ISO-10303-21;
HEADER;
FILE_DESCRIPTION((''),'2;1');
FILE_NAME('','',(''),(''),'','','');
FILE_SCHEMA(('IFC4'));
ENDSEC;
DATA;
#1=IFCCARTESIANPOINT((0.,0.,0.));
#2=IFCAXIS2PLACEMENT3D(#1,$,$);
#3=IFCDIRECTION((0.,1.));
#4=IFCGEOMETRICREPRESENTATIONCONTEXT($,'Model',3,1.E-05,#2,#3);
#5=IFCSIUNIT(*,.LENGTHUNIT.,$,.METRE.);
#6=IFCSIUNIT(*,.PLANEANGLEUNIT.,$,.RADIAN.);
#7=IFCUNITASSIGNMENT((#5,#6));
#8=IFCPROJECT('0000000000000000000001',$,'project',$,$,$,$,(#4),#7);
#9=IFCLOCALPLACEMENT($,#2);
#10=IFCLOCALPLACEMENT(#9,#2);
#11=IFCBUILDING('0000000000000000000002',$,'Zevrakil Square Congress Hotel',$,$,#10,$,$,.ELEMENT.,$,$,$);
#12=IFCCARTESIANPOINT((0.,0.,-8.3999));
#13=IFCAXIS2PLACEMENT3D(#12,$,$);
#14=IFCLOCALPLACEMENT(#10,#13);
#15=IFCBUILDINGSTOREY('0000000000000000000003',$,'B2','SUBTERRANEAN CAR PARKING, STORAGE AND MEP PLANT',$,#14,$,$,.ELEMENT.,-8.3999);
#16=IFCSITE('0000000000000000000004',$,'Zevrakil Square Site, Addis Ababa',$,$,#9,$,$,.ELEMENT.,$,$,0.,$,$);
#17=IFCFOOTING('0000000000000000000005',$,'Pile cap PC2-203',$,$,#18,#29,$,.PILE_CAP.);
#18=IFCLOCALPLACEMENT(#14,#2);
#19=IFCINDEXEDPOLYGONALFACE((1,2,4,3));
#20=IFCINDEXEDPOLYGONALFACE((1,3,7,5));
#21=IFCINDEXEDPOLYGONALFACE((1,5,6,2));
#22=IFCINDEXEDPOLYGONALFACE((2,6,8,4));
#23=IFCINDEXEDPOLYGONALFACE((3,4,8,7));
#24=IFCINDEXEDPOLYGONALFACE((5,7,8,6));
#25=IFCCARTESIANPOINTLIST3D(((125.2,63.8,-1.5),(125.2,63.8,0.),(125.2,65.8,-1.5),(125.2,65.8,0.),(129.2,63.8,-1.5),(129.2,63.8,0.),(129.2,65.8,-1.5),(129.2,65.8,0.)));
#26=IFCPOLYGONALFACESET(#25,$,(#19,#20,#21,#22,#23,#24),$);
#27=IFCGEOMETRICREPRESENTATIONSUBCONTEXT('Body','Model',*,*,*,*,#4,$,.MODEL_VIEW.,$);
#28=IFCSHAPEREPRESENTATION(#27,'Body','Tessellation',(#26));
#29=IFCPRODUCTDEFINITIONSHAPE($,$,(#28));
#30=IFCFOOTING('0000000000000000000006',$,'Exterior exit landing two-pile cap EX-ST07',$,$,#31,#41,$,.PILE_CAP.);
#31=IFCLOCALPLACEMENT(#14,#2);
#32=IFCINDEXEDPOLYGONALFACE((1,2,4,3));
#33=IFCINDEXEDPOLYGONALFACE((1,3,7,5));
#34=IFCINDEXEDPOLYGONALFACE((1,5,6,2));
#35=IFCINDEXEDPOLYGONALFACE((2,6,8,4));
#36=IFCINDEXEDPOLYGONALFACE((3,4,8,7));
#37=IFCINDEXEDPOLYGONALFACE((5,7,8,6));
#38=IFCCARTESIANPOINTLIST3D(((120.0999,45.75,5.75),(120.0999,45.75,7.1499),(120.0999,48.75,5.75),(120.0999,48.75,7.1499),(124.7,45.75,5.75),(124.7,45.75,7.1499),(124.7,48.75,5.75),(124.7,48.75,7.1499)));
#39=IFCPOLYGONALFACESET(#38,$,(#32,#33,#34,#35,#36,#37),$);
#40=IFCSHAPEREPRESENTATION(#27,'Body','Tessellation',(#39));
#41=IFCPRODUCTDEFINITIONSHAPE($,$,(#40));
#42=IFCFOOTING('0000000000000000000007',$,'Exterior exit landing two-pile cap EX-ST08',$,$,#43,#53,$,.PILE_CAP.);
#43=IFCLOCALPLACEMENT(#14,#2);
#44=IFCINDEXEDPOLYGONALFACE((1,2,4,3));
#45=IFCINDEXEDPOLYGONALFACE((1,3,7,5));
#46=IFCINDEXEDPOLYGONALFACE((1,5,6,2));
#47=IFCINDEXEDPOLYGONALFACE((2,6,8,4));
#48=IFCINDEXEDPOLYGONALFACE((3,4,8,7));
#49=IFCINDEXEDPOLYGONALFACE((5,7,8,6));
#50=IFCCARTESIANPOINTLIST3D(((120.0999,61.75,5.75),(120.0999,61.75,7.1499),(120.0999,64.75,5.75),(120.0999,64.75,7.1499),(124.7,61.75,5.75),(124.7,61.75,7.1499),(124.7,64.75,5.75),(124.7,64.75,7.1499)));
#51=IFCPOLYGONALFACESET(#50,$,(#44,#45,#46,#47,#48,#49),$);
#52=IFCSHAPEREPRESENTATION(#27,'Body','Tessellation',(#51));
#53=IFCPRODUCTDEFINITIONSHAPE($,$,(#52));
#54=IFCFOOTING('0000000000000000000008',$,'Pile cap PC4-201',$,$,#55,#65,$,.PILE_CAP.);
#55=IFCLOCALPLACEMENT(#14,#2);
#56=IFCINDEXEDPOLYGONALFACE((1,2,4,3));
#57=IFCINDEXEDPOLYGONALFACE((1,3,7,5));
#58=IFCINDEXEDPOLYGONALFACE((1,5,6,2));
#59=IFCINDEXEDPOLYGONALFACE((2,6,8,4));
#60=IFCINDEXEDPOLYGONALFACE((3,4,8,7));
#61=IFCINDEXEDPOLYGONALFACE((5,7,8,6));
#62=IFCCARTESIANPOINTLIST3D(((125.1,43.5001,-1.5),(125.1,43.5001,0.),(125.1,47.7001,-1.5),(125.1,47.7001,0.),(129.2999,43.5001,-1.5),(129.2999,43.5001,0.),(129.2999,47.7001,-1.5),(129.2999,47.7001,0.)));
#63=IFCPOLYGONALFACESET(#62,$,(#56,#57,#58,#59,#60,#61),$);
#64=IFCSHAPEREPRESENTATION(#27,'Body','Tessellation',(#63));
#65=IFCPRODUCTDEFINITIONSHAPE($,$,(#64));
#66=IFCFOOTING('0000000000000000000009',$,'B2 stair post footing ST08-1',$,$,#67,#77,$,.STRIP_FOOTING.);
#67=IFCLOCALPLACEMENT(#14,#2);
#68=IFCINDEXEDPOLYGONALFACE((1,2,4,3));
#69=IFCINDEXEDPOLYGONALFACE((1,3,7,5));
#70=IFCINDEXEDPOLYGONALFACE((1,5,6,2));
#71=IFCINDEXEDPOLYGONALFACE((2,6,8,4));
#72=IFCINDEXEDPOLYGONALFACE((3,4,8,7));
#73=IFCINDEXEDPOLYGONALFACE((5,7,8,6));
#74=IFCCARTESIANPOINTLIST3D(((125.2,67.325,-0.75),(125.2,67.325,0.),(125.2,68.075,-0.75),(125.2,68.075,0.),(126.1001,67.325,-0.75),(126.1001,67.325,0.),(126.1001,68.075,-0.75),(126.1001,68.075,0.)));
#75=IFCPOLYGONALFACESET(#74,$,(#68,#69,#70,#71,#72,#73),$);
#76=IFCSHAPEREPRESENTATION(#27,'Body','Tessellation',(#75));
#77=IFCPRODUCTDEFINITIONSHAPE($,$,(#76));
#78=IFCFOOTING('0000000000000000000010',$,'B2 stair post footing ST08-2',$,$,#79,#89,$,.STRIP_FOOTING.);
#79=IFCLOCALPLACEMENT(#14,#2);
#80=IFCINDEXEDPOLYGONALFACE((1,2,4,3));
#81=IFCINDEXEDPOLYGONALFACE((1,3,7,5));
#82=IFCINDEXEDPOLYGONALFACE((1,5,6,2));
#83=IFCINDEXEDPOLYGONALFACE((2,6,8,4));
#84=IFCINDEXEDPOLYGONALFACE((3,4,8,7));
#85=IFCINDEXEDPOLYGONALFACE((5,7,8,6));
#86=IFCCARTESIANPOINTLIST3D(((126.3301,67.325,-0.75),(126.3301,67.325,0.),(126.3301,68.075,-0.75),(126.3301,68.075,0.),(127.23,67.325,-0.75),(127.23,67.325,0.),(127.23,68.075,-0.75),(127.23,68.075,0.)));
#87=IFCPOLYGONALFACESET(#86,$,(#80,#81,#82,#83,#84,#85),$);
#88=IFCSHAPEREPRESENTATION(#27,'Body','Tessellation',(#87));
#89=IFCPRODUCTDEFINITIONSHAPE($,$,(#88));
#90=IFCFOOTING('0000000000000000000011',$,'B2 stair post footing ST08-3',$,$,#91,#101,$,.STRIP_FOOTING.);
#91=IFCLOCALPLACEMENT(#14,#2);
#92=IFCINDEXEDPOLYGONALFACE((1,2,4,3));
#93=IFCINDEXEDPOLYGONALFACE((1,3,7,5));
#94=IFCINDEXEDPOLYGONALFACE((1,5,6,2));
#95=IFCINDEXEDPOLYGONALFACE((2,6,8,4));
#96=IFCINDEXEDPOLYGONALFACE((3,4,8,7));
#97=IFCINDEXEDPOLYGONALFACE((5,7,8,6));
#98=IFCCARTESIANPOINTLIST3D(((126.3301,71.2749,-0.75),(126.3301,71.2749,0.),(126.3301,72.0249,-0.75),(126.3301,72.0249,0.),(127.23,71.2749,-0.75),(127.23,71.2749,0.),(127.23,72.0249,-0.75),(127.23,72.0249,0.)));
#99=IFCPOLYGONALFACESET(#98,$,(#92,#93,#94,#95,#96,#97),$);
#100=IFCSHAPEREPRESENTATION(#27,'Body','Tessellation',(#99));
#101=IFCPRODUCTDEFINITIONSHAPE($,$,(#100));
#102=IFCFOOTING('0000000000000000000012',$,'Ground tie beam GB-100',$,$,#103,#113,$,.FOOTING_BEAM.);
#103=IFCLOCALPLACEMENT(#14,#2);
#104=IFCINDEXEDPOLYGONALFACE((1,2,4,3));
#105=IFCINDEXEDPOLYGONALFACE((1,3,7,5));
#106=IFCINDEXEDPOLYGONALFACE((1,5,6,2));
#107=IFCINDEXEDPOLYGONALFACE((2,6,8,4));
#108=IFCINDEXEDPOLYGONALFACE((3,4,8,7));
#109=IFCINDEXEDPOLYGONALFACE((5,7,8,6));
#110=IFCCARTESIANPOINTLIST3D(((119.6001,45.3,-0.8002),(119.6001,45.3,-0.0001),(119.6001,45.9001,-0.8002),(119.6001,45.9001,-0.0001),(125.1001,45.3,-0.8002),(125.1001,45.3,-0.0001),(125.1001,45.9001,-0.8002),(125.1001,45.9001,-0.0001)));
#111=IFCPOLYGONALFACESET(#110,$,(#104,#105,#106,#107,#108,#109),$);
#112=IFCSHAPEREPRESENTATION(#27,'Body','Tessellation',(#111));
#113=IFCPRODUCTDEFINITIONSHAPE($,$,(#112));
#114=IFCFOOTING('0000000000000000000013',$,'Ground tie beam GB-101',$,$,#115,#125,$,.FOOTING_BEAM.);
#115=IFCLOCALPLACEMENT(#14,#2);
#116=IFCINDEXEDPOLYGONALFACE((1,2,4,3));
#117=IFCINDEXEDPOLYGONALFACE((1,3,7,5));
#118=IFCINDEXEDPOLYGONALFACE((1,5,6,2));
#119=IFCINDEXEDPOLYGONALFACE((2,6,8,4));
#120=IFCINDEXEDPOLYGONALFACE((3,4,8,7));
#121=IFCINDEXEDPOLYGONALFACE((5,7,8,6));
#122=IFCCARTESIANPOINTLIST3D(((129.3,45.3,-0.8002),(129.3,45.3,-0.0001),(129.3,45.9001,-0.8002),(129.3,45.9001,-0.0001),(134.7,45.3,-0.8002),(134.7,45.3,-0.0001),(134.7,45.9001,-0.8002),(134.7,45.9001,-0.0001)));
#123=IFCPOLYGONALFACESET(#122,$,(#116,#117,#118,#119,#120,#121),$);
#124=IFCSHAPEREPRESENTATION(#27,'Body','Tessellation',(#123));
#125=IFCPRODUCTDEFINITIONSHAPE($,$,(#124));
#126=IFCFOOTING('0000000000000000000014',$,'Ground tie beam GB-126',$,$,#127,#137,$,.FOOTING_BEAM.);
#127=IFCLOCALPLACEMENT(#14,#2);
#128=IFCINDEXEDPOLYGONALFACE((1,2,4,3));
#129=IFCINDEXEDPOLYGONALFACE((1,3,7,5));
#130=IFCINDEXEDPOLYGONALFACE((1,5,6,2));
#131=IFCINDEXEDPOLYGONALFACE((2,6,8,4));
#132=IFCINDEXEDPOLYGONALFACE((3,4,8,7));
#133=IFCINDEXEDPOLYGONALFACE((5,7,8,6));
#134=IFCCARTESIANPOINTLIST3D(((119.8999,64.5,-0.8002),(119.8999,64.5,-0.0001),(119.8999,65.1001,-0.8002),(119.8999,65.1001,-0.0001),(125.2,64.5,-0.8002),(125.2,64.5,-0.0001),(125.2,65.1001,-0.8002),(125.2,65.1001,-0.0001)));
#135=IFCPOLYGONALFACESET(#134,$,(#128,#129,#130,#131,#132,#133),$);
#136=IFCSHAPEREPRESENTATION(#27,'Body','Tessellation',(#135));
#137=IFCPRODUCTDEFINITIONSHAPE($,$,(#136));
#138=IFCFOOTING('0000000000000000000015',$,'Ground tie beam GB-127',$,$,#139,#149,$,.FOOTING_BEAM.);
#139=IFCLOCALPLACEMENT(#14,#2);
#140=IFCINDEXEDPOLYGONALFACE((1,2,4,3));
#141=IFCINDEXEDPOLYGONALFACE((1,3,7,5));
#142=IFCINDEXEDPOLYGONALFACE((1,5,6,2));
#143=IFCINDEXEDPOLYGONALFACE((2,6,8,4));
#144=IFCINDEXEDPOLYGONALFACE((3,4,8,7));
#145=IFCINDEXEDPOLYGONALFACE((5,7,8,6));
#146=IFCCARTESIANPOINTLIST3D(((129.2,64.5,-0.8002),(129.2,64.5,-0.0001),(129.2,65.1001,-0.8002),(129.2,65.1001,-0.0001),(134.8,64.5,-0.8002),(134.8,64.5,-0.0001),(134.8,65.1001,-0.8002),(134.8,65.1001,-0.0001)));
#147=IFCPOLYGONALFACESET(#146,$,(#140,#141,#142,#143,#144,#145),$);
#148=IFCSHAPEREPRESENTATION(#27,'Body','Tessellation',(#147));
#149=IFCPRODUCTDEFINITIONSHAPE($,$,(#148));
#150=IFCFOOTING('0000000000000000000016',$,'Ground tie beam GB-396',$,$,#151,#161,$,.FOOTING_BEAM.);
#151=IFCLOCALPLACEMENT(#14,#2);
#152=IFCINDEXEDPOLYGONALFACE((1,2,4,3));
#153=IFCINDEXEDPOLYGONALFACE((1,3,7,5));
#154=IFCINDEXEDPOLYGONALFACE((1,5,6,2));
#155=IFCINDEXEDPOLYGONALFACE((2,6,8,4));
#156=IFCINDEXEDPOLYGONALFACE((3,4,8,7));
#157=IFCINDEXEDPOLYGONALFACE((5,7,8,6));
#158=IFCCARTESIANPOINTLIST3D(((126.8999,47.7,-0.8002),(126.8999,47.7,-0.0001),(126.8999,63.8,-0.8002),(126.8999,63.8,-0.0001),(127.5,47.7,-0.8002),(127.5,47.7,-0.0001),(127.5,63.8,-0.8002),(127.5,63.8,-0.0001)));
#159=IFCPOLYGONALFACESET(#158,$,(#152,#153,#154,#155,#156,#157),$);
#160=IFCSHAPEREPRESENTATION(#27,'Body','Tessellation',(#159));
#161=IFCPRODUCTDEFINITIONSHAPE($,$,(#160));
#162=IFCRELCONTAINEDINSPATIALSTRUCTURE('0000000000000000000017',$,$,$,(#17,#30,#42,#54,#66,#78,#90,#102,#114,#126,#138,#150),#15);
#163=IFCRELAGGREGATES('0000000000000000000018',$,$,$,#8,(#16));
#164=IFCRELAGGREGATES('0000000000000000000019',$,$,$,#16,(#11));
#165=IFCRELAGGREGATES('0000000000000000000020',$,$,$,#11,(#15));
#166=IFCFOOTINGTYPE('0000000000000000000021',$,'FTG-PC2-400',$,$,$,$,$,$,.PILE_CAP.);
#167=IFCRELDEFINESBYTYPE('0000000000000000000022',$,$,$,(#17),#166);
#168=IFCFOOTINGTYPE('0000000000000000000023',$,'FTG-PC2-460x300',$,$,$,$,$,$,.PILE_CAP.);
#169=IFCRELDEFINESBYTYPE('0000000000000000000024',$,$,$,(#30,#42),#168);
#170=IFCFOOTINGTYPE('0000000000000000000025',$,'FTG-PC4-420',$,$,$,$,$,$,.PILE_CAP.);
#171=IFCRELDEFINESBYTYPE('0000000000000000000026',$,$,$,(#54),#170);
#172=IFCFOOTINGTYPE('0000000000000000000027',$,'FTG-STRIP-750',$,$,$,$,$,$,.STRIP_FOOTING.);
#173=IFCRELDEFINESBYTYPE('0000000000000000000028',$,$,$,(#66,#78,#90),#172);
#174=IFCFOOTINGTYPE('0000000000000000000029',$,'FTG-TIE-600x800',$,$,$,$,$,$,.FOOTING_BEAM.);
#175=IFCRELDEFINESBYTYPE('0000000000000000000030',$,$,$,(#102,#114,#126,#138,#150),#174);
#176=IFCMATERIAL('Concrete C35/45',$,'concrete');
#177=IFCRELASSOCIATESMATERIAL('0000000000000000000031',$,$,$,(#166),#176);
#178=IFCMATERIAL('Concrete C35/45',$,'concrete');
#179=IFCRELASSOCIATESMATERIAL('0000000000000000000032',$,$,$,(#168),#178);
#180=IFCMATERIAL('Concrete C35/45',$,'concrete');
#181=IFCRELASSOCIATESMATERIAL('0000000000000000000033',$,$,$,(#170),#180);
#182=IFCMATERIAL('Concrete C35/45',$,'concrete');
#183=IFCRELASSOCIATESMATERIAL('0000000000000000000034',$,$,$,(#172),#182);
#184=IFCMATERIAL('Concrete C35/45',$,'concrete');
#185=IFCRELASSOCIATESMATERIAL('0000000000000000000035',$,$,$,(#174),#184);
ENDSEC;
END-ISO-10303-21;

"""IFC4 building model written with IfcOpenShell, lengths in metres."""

from ifc_helpers import new_model, si_unit, direction, frame, origin, origin_2d, place, context, subcontext, project, spatial, rectangle, extrude, material, material_profile, profile_set, type_object, element, save


model = new_model("IFC4")

# Units and contexts
model_context = context("Model", 3, precision=1e-05, world=origin(), true_north=direction((0.0, 1.0)))
body_context = subcontext(model_context, "Body", "Model", "MODEL_VIEW")
ifc_project = project(units=[si_unit("LENGTHUNIT", "METRE"), si_unit("PLANEANGLEUNIT", "RADIAN")], contexts=[model_context])

# Site, building, storey
site_placement = place(None, origin())
site = spatial("IfcSite", under=ifc_project, at=site_placement, Name="Zevrakil Square Site, Addis Ababa", CompositionType="ELEMENT", RefElevation=0.0)
building_placement = place(site_placement, origin())
building = spatial("IfcBuilding", under=site, at=building_placement, Name="Zevrakil Square Congress Hotel", CompositionType="ELEMENT")
storey_placement = place(building_placement, frame((0.0, 0.0, -8.3999)))
storey = spatial("IfcBuildingStorey", under=building, at=storey_placement, Name="B2", Description="SUBTERRANEAN CAR PARKING, STORAGE AND MEP PLANT", CompositionType="ELEMENT", Elevation=-8.3999)

# Footings
ifc_material_1 = material(Name="Concrete C35/45", Category="concrete")
footing_type_1 = type_object("IfcFootingType", Name="FTG-PC2-400", PredefinedType="PILE_CAP", material=ifc_material_1)
footing_1_placement = place(storey_placement, frame((127.2, 64.8, -1.5), z_axis=(0.0, 0.0, 1.0), x_axis=(1.0, 0.0, 0.0)))
element("IfcFooting", 1, at=footing_1_placement, inside=storey, type_object=footing_type_1, Name="Pile cap PC2-203", PredefinedType="PILE_CAP", context=body_context, shape_type="SweptSolid", body=[
    extrude(rectangle(XDim=4.0, YDim=2.0, at=origin_2d()), origin(), (0.0, 0.0, 1.0), 1.5),
])
ifc_material_2 = material(Name="Concrete C35/45", Category="concrete")
footing_type_2 = type_object("IfcFootingType", Name="FTG-PC2-460x300", PredefinedType="PILE_CAP", material=ifc_material_2)
for number, where, z_axis, x_axis, name in (
    (2, (122.3999, 47.25, 5.75), (0.0, 0.0, 1.0), (1.0, 0.0, 0.0), "Exterior exit landing two-pile cap EX-ST07"),
    (3, (122.3999, 63.25, 5.75), (0.0, 0.0, 1.0), (1.0, 0.0, 0.0), "Exterior exit landing two-pile cap EX-ST08"),
):
    element("IfcFooting", number, at=place(storey_placement, frame(where, z_axis=z_axis, x_axis=x_axis)), inside=storey, type_object=footing_type_2, Name=name, PredefinedType="PILE_CAP", context=body_context, shape_type="SweptSolid", body=[
        extrude(rectangle(XDim=4.6001, YDim=3.0, at=origin_2d()), origin(), (0.0, 0.0, 1.0), 1.3999),
    ])
ifc_material_3 = material(Name="Concrete C35/45", Category="concrete")
footing_type_3 = type_object("IfcFootingType", Name="FTG-PC4-420", PredefinedType="PILE_CAP", material=ifc_material_3)
footing_2_placement = place(storey_placement, frame((127.2, 45.6001, -1.5), z_axis=(0.0, 0.0, 1.0), x_axis=(1.0, 0.0, 0.0)))
element("IfcFooting", 4, at=footing_2_placement, inside=storey, type_object=footing_type_3, Name="Pile cap PC4-201", PredefinedType="PILE_CAP", context=body_context, shape_type="SweptSolid", body=[
    extrude(rectangle(XDim=4.2, YDim=4.2, at=origin_2d()), origin(), (0.0, 0.0, 1.0), 1.5),
])
ifc_material_4 = material(Name="Concrete C35/45", Category="concrete")
ifc_material_profile_1 = material_profile(ifc_material_4, rectangle(XDim=0.75, YDim=0.75, at=origin_2d()), Name="RC 750x750")
ifc_profile_set_1 = profile_set([ifc_material_profile_1], Name="Concrete C35/45")
footing_type_4 = type_object("IfcFootingType", Name="FTG-STRIP-750", PredefinedType="STRIP_FOOTING", material=ifc_profile_set_1)
footing_3_placement = place(storey_placement, frame((125.2, 67.7, -0.375), z_axis=(1.0, 0.0, 0.0), x_axis=(0.0, 1.0, 0.0)))
element("IfcFooting", 5, at=footing_3_placement, inside=storey, type_object=footing_type_4, Name="B2 stair post footing ST08-1", PredefinedType="STRIP_FOOTING", context=body_context, shape_type="SweptSolid", body=[
    extrude(rectangle(XDim=0.75, YDim=0.75, at=origin_2d()), origin(), (0.0, 0.0, 1.0), 0.9001),
])
for number, where, z_axis, x_axis, name in (
    (6, (126.3301, 67.7, -0.375), (1.0, 0.0, 0.0), (0.0, 1.0, 0.0), "B2 stair post footing ST08-2"),
    (7, (126.3301, 71.6499, -0.375), (1.0, 0.0, 0.0), (0.0, 1.0, 0.0), "B2 stair post footing ST08-3"),
):
    element("IfcFooting", number, at=place(storey_placement, frame(where, z_axis=z_axis, x_axis=x_axis)), inside=storey, type_object=footing_type_4, Name=name, PredefinedType="STRIP_FOOTING", context=body_context, shape_type="SweptSolid", body=[
        extrude(rectangle(XDim=0.75, YDim=0.75, at=origin_2d()), origin(), (0.0, 0.0, 1.0), 0.8999),
    ])
ifc_material_5 = material(Name="Concrete C35/45", Category="concrete")
ifc_material_profile_2 = material_profile(ifc_material_5, rectangle(XDim=0.6001, YDim=0.8, at=origin_2d()), Name="RC 600x800")
ifc_profile_set_2 = profile_set([ifc_material_profile_2], Name="Concrete C35/45")
footing_type_5 = type_object("IfcFootingType", Name="FTG-TIE-600x800", PredefinedType="FOOTING_BEAM", material=ifc_profile_set_2)
footing_4_placement = place(storey_placement, frame((119.6001, 45.6001, -0.4001), z_axis=(1.0, 0.0, 0.0), x_axis=(0.0, 1.0, 0.0)))
element("IfcFooting", 8, at=footing_4_placement, inside=storey, type_object=footing_type_5, Name="Ground tie beam GB-100", PredefinedType="FOOTING_BEAM", context=body_context, shape_type="SweptSolid", body=[
    extrude(rectangle(XDim=0.6001, YDim=0.8, at=origin_2d()), origin(), (0.0, 0.0, 1.0), 5.5),
])
footing_5_placement = place(storey_placement, frame((129.3, 45.6001, -0.4001), z_axis=(1.0, 0.0, 0.0), x_axis=(0.0, 1.0, 0.0)))
element("IfcFooting", 9, at=footing_5_placement, inside=storey, type_object=footing_type_5, Name="Ground tie beam GB-101", PredefinedType="FOOTING_BEAM", context=body_context, shape_type="SweptSolid", body=[
    extrude(rectangle(XDim=0.6001, YDim=0.8, at=origin_2d()), origin(), (0.0, 0.0, 1.0), 5.3999),
])
footing_6_placement = place(storey_placement, frame((119.8999, 64.8, -0.4001), z_axis=(1.0, 0.0, 0.0), x_axis=(0.0, 1.0, 0.0)))
element("IfcFooting", 10, at=footing_6_placement, inside=storey, type_object=footing_type_5, Name="Ground tie beam GB-126", PredefinedType="FOOTING_BEAM", context=body_context, shape_type="SweptSolid", body=[
    extrude(rectangle(XDim=0.6001, YDim=0.8, at=origin_2d()), origin(), (0.0, 0.0, 1.0), 5.3),
])
footing_7_placement = place(storey_placement, frame((129.2, 64.8, -0.4001), z_axis=(1.0, 0.0, 0.0), x_axis=(0.0, 1.0, 0.0)))
element("IfcFooting", 11, at=footing_7_placement, inside=storey, type_object=footing_type_5, Name="Ground tie beam GB-127", PredefinedType="FOOTING_BEAM", context=body_context, shape_type="SweptSolid", body=[
    extrude(rectangle(XDim=0.6001, YDim=0.8, at=origin_2d()), origin(), (0.0, 0.0, 1.0), 5.6001),
])
footing_8_placement = place(storey_placement, frame((127.2, 47.7, -0.4001), z_axis=(0.0, 1.0, 0.0), x_axis=(-1.0, 0.0, 0.0)))
element("IfcFooting", 12, at=footing_8_placement, inside=storey, type_object=footing_type_5, Name="Ground tie beam GB-396", PredefinedType="FOOTING_BEAM", context=body_context, shape_type="SweptSolid", body=[
    extrude(rectangle(XDim=0.6001, YDim=0.8, at=origin_2d()), origin(), (0.0, 0.0, 1.0), 16.1001),
])

save(model, "model.ifc")
